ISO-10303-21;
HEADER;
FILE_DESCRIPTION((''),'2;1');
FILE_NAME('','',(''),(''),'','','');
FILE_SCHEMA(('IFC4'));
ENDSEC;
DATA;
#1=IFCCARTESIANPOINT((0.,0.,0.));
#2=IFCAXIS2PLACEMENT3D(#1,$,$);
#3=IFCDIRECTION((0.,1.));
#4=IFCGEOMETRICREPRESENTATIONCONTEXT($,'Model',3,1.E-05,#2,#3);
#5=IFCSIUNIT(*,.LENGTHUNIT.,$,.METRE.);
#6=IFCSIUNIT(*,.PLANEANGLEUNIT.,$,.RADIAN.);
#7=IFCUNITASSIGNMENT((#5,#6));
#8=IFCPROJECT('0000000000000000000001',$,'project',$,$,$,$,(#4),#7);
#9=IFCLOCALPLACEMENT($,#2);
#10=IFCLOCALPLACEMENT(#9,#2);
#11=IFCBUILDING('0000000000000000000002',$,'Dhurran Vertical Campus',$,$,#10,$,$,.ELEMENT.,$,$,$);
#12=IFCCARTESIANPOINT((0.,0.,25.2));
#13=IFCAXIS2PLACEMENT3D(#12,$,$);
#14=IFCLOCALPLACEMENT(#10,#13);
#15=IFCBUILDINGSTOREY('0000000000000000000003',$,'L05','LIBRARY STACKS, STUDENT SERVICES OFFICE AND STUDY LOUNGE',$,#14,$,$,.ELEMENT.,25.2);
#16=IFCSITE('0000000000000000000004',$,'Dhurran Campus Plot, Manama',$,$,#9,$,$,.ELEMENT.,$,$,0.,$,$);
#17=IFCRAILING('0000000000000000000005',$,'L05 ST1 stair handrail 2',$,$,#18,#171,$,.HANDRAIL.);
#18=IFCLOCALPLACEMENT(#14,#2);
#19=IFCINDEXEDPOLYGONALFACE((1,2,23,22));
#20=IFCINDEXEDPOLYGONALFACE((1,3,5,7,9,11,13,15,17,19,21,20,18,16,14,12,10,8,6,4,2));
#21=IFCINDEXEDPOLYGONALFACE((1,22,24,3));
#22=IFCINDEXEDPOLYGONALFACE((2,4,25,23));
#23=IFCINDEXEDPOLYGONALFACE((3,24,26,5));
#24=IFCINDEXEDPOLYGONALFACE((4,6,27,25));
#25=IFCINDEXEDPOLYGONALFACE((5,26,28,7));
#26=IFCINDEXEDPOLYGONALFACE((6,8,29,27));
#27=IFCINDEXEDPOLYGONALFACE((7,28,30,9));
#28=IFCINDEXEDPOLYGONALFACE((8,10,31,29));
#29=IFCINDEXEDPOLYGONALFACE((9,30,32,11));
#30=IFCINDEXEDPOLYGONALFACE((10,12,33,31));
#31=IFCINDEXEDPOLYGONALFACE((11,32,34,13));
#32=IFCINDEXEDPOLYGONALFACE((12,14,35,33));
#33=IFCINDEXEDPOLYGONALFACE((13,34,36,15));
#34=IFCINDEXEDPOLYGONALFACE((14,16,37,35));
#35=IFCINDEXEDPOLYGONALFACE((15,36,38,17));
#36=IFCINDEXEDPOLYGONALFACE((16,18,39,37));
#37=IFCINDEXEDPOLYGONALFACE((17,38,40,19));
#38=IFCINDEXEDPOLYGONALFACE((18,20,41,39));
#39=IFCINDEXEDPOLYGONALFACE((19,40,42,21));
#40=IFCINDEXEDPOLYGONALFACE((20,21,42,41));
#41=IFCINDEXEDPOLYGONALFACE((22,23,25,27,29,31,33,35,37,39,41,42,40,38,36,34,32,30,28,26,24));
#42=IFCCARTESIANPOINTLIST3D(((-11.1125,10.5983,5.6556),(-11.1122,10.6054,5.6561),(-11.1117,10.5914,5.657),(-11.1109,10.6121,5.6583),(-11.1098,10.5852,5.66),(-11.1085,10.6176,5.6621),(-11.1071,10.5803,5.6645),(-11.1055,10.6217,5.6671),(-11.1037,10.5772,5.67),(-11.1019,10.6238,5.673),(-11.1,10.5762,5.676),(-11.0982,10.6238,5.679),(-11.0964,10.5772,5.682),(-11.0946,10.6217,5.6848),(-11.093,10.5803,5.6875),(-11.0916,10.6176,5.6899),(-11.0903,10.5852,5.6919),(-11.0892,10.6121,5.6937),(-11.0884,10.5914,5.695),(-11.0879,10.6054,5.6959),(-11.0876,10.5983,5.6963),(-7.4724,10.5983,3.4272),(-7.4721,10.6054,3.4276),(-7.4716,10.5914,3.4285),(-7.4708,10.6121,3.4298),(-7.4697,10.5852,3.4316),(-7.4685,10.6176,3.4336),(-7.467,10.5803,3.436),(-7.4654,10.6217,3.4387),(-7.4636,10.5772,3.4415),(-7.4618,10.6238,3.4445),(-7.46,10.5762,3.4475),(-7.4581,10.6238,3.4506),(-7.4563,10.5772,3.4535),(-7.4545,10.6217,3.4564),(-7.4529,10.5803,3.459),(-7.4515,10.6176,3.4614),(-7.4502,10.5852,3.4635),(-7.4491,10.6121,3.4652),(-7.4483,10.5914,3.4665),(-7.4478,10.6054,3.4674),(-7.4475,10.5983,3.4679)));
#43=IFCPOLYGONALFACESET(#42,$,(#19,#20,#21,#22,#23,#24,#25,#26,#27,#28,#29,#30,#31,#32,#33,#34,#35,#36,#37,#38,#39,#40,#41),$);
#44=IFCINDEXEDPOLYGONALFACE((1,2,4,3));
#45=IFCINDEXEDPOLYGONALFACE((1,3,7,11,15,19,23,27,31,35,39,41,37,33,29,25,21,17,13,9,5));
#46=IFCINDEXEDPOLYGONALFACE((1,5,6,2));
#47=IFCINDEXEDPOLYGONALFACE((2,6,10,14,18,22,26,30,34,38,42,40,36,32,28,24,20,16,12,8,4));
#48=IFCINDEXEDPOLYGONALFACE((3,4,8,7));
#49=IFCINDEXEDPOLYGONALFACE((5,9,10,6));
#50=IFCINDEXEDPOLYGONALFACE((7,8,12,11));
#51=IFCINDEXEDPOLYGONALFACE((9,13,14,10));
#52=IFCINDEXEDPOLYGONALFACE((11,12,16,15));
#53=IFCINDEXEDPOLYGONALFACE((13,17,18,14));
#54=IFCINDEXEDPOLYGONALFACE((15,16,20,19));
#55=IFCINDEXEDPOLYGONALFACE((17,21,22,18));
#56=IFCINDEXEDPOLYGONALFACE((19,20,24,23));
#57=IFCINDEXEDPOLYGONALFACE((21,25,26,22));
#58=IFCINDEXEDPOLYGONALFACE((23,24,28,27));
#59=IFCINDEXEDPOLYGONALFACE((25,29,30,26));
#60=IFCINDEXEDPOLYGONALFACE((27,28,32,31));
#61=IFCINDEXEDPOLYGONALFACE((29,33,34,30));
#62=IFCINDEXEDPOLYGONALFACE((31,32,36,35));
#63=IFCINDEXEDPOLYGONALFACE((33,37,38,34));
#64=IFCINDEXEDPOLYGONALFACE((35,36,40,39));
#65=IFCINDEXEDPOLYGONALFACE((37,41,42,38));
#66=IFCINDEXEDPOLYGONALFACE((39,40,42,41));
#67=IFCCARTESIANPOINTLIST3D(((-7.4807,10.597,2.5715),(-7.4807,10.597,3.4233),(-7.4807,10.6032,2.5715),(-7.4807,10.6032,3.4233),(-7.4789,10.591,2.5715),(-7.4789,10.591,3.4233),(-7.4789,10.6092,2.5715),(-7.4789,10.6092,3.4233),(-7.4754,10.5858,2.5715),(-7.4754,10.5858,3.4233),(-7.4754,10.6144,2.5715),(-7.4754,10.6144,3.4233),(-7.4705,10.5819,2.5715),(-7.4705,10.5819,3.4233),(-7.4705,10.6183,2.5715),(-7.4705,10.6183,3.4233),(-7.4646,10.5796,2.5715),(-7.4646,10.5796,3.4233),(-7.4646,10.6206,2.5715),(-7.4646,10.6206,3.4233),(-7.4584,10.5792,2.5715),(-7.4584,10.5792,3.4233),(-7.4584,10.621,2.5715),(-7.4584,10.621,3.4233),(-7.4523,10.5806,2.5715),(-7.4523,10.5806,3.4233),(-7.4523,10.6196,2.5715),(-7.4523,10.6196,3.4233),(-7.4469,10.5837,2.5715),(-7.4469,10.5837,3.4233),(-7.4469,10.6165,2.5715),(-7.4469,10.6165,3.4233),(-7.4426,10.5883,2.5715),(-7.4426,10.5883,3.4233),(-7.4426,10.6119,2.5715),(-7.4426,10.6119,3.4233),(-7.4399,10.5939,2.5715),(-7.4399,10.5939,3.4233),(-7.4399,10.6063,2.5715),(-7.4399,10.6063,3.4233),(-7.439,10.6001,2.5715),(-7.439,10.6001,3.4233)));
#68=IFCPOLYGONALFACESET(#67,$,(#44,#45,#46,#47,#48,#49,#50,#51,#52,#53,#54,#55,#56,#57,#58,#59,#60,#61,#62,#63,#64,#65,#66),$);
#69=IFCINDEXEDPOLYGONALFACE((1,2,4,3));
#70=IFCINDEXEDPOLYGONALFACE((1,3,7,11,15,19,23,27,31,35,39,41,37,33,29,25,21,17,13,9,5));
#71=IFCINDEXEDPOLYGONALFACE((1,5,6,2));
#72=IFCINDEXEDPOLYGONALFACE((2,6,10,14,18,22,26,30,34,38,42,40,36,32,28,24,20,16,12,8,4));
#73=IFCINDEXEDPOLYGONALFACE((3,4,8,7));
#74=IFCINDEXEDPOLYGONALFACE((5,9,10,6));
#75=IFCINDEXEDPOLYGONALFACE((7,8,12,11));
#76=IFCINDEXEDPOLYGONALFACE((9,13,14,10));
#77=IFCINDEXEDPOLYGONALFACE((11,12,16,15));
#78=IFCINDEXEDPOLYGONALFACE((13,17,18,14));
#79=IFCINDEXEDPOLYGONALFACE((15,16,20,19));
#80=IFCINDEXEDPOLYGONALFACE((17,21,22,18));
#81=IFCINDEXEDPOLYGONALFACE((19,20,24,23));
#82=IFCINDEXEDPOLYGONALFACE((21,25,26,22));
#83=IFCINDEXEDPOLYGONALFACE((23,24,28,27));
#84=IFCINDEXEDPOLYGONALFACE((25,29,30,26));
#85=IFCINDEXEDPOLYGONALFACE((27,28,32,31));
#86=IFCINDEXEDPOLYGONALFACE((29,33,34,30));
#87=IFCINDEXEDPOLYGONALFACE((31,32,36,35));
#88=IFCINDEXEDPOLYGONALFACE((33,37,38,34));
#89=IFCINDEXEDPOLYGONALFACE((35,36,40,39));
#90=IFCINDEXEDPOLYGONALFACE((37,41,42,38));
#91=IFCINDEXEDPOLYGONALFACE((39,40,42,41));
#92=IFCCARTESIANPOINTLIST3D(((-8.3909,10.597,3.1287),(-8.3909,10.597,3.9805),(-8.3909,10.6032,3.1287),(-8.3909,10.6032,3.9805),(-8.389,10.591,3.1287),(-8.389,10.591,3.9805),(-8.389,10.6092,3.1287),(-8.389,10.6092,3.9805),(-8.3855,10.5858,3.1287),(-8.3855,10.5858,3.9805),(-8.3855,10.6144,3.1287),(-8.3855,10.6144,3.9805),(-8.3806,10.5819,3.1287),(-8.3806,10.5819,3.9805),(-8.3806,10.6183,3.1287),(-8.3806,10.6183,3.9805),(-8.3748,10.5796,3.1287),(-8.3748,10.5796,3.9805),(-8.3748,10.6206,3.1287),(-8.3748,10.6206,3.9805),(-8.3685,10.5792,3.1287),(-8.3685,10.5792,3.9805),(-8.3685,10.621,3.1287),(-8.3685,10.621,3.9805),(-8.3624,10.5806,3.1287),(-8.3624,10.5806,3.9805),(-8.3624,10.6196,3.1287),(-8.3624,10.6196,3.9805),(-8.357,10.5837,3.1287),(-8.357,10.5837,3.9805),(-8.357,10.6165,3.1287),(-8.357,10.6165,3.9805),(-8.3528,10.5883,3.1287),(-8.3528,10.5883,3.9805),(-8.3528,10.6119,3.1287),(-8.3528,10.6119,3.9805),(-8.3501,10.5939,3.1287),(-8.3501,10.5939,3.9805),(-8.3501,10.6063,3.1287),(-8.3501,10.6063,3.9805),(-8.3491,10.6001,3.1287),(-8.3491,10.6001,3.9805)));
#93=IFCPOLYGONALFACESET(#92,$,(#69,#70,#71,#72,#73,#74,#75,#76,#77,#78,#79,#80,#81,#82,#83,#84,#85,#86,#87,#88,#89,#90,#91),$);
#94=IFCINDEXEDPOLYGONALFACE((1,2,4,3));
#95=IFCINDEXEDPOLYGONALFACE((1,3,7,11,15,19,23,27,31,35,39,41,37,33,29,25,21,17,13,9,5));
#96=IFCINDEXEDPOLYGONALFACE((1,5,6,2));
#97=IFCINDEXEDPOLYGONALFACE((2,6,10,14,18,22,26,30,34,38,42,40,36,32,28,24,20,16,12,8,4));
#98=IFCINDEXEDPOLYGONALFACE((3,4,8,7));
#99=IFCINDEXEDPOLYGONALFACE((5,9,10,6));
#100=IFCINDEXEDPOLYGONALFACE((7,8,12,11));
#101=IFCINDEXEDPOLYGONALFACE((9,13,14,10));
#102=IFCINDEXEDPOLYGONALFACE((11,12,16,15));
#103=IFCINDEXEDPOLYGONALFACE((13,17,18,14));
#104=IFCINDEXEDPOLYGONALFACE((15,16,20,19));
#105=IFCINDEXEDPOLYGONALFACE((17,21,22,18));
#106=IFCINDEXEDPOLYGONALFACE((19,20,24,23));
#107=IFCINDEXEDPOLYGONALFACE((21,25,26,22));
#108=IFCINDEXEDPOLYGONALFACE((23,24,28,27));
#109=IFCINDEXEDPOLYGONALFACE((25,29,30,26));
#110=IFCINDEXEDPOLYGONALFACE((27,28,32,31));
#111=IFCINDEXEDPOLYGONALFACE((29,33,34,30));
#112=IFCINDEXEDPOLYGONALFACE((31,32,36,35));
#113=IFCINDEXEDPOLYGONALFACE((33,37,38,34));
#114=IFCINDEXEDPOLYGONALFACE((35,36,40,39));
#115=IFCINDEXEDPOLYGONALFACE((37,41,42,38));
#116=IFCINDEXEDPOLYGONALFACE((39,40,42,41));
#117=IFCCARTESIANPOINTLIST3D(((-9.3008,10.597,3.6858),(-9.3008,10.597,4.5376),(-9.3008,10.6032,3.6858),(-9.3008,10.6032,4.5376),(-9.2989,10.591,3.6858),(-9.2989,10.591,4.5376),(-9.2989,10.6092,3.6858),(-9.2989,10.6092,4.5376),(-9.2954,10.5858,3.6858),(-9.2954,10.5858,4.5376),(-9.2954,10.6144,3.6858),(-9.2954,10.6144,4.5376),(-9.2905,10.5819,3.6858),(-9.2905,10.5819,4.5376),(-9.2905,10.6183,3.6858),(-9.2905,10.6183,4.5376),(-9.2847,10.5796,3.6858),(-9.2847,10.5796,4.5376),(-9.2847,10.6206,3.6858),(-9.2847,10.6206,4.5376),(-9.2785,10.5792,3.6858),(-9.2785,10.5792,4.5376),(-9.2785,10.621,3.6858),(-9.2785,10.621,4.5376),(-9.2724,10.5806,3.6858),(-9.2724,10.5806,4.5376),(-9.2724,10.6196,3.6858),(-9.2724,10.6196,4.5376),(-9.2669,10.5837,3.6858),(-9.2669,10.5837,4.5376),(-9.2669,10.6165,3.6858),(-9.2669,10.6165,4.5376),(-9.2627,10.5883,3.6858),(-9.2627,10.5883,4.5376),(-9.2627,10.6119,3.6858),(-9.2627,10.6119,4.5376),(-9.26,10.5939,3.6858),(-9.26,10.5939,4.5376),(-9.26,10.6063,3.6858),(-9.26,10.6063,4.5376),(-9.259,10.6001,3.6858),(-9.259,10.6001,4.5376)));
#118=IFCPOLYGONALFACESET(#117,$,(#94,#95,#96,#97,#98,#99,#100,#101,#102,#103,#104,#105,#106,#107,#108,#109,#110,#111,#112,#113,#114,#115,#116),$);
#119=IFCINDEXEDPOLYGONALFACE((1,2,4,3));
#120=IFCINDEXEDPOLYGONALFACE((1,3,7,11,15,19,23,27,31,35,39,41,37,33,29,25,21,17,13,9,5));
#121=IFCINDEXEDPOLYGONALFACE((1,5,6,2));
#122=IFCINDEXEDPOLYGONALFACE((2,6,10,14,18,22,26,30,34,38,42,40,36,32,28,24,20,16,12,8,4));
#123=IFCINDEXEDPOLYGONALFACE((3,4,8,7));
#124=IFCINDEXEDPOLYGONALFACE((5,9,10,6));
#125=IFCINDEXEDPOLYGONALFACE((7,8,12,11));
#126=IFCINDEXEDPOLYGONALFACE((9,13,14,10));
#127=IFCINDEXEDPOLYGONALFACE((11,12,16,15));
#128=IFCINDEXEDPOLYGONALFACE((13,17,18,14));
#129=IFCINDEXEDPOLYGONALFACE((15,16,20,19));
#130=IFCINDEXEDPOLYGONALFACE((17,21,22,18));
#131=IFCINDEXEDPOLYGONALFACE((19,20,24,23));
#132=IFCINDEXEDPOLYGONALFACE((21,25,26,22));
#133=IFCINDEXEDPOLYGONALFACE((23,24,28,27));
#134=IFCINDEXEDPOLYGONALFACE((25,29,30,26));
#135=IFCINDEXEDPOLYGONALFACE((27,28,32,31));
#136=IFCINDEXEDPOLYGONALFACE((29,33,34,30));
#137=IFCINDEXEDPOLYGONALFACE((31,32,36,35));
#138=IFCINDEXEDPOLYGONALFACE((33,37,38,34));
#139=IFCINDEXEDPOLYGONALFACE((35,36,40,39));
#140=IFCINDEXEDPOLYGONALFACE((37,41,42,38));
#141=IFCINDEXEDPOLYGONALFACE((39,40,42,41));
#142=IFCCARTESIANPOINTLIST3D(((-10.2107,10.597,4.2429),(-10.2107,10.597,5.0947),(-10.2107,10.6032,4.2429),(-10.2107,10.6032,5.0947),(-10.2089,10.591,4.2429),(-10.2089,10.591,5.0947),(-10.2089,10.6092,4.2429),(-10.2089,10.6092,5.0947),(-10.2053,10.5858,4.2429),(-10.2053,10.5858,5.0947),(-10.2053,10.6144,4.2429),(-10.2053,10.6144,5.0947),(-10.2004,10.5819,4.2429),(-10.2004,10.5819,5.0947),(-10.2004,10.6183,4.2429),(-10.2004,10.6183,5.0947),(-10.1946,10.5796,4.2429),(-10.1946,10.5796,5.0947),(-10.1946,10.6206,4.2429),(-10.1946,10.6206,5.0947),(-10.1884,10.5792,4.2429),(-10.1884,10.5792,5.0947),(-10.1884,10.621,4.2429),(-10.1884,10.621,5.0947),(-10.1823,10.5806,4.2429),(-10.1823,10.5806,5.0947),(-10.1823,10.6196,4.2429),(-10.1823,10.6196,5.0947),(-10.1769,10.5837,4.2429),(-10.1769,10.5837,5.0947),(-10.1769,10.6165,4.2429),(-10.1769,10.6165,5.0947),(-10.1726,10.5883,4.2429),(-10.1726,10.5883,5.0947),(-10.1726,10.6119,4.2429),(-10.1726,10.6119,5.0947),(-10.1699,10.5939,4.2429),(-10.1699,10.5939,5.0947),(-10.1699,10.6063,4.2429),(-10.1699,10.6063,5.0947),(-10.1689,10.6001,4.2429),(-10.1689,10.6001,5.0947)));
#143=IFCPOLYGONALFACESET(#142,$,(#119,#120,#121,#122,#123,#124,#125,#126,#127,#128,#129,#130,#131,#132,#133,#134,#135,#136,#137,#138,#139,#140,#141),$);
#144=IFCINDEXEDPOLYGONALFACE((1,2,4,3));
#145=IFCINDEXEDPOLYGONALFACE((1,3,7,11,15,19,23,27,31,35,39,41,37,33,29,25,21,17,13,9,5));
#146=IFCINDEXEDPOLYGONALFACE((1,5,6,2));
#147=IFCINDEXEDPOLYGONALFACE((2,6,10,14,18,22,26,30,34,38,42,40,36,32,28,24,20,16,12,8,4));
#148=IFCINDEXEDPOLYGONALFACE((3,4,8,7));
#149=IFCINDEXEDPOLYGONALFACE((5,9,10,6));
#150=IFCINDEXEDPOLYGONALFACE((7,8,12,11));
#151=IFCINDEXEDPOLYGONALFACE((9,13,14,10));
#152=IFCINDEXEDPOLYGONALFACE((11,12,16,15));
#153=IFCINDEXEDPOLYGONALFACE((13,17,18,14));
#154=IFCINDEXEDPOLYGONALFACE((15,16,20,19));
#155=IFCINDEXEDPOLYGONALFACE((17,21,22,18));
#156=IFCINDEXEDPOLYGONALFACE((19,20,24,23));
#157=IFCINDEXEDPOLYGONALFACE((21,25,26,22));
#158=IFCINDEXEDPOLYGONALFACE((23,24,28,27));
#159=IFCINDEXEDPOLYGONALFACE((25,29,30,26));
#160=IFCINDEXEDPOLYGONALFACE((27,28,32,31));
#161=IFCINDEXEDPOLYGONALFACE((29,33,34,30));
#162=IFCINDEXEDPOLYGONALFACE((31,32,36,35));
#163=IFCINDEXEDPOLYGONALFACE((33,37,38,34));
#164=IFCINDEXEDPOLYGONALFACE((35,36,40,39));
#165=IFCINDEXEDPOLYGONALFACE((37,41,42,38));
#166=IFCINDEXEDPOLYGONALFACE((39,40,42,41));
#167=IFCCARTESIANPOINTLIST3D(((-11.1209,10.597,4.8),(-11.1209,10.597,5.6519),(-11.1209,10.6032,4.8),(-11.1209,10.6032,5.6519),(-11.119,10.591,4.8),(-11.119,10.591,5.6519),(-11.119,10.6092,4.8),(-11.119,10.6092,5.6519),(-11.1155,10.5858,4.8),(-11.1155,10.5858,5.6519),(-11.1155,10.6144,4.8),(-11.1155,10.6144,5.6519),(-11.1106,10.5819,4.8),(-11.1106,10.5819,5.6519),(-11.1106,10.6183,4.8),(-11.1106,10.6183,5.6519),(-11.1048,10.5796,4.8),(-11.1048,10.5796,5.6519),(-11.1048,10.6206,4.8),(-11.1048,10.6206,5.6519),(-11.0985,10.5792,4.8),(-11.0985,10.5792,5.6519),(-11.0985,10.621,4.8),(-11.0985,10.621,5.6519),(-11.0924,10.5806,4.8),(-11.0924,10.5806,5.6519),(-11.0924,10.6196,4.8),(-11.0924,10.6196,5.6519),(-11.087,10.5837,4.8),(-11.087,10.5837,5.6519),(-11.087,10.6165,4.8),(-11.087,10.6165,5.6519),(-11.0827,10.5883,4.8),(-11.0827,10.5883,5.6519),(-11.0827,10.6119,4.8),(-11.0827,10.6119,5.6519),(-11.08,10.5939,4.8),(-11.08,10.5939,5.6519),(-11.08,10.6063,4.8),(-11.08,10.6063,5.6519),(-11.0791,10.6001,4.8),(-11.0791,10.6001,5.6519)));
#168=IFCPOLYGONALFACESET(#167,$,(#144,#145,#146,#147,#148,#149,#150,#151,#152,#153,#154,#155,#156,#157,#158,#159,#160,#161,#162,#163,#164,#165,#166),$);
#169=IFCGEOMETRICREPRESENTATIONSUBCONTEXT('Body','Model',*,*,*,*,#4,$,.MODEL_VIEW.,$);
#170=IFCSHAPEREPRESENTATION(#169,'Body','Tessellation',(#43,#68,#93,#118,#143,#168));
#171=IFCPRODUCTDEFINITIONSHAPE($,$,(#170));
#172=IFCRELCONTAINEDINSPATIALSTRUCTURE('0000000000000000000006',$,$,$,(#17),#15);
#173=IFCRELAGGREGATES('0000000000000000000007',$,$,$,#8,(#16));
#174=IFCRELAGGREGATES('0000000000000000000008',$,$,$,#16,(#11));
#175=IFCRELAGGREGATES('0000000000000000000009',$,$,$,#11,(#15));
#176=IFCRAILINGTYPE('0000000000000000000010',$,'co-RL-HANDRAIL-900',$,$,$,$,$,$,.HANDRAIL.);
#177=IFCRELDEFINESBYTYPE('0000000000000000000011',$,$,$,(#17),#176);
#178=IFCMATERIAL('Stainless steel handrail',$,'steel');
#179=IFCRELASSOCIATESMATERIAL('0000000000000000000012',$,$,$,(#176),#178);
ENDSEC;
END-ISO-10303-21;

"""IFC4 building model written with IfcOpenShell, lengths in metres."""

from ifc_helpers import new_model, si_unit, direction, frame, origin, origin_2d, place, context, subcontext, project, spatial, circle, extrude, material, type_object, element, save


model = new_model("IFC4")

# Units and contexts
model_context = context("Model", 3, precision=1e-05, world=origin(), true_north=direction((0.0, 1.0)))
body_context = subcontext(model_context, "Body", "Model", "MODEL_VIEW")
ifc_project = project(units=[si_unit("LENGTHUNIT", "METRE"), si_unit("PLANEANGLEUNIT", "RADIAN")], contexts=[model_context])

# Site, building, storey
site_placement = place(None, origin())
site = spatial("IfcSite", under=ifc_project, at=site_placement, Name="Dhurran Campus Plot, Manama", CompositionType="ELEMENT", RefElevation=0.0)
building_placement = place(site_placement, origin())
building = spatial("IfcBuilding", under=site, at=building_placement, Name="Dhurran Vertical Campus", CompositionType="ELEMENT")
storey_placement = place(building_placement, frame((0.0, 0.0, 25.2)))
storey = spatial("IfcBuildingStorey", under=building, at=storey_placement, Name="L05", Description="LIBRARY STACKS, STUDENT SERVICES OFFICE AND STUDY LOUNGE", CompositionType="ELEMENT", Elevation=25.2)

# Railing
ifc_material_1 = material(Name="Stainless steel handrail", Category="steel")
railing_type_1 = type_object("IfcRailingType", Name="co-RL-HANDRAIL-900", PredefinedType="HANDRAIL", material=ifc_material_1)
railing_1_placement = place(storey_placement, frame((-7.46, 10.6001, 2.5715)))
element("IfcRailing", 1, at=railing_1_placement, inside=storey, type_object=railing_type_1, Name="L05 ST1 stair handrail 2", PredefinedType="HANDRAIL", context=body_context, shape_type="SweptSolid", body=[
    extrude(circle(Radius=0.0239, at=origin_2d()), frame((0.0, 0.0, 0.876), z_axis=(-0.852866, 0.0, 0.52213), x_axis=(0.0, -1.0, 0.0)), (0.0, 0.0, 1.0), 4.2681),
    extrude(circle(Radius=0.021, at=origin_2d()), origin(), (0.0, 0.0, 1.0), 0.8518),
    extrude(circle(Radius=0.021, at=origin_2d()), frame((-0.9102, 0.0, 0.5571)), (0.0, 0.0, 1.0), 0.8518),
    extrude(circle(Radius=0.021, at=origin_2d()), frame((-1.8201, 0.0, 1.1143)), (0.0, 0.0, 1.0), 0.8518),
    extrude(circle(Radius=0.021, at=origin_2d()), frame((-2.73, 0.0, 1.6714)), (0.0, 0.0, 1.0), 0.8518),
    extrude(circle(Radius=0.021, at=origin_2d()), frame((-3.6401, 0.0, 2.2285)), (0.0, 0.0, 1.0), 0.8518),
])

save(model, "model.ifc")
